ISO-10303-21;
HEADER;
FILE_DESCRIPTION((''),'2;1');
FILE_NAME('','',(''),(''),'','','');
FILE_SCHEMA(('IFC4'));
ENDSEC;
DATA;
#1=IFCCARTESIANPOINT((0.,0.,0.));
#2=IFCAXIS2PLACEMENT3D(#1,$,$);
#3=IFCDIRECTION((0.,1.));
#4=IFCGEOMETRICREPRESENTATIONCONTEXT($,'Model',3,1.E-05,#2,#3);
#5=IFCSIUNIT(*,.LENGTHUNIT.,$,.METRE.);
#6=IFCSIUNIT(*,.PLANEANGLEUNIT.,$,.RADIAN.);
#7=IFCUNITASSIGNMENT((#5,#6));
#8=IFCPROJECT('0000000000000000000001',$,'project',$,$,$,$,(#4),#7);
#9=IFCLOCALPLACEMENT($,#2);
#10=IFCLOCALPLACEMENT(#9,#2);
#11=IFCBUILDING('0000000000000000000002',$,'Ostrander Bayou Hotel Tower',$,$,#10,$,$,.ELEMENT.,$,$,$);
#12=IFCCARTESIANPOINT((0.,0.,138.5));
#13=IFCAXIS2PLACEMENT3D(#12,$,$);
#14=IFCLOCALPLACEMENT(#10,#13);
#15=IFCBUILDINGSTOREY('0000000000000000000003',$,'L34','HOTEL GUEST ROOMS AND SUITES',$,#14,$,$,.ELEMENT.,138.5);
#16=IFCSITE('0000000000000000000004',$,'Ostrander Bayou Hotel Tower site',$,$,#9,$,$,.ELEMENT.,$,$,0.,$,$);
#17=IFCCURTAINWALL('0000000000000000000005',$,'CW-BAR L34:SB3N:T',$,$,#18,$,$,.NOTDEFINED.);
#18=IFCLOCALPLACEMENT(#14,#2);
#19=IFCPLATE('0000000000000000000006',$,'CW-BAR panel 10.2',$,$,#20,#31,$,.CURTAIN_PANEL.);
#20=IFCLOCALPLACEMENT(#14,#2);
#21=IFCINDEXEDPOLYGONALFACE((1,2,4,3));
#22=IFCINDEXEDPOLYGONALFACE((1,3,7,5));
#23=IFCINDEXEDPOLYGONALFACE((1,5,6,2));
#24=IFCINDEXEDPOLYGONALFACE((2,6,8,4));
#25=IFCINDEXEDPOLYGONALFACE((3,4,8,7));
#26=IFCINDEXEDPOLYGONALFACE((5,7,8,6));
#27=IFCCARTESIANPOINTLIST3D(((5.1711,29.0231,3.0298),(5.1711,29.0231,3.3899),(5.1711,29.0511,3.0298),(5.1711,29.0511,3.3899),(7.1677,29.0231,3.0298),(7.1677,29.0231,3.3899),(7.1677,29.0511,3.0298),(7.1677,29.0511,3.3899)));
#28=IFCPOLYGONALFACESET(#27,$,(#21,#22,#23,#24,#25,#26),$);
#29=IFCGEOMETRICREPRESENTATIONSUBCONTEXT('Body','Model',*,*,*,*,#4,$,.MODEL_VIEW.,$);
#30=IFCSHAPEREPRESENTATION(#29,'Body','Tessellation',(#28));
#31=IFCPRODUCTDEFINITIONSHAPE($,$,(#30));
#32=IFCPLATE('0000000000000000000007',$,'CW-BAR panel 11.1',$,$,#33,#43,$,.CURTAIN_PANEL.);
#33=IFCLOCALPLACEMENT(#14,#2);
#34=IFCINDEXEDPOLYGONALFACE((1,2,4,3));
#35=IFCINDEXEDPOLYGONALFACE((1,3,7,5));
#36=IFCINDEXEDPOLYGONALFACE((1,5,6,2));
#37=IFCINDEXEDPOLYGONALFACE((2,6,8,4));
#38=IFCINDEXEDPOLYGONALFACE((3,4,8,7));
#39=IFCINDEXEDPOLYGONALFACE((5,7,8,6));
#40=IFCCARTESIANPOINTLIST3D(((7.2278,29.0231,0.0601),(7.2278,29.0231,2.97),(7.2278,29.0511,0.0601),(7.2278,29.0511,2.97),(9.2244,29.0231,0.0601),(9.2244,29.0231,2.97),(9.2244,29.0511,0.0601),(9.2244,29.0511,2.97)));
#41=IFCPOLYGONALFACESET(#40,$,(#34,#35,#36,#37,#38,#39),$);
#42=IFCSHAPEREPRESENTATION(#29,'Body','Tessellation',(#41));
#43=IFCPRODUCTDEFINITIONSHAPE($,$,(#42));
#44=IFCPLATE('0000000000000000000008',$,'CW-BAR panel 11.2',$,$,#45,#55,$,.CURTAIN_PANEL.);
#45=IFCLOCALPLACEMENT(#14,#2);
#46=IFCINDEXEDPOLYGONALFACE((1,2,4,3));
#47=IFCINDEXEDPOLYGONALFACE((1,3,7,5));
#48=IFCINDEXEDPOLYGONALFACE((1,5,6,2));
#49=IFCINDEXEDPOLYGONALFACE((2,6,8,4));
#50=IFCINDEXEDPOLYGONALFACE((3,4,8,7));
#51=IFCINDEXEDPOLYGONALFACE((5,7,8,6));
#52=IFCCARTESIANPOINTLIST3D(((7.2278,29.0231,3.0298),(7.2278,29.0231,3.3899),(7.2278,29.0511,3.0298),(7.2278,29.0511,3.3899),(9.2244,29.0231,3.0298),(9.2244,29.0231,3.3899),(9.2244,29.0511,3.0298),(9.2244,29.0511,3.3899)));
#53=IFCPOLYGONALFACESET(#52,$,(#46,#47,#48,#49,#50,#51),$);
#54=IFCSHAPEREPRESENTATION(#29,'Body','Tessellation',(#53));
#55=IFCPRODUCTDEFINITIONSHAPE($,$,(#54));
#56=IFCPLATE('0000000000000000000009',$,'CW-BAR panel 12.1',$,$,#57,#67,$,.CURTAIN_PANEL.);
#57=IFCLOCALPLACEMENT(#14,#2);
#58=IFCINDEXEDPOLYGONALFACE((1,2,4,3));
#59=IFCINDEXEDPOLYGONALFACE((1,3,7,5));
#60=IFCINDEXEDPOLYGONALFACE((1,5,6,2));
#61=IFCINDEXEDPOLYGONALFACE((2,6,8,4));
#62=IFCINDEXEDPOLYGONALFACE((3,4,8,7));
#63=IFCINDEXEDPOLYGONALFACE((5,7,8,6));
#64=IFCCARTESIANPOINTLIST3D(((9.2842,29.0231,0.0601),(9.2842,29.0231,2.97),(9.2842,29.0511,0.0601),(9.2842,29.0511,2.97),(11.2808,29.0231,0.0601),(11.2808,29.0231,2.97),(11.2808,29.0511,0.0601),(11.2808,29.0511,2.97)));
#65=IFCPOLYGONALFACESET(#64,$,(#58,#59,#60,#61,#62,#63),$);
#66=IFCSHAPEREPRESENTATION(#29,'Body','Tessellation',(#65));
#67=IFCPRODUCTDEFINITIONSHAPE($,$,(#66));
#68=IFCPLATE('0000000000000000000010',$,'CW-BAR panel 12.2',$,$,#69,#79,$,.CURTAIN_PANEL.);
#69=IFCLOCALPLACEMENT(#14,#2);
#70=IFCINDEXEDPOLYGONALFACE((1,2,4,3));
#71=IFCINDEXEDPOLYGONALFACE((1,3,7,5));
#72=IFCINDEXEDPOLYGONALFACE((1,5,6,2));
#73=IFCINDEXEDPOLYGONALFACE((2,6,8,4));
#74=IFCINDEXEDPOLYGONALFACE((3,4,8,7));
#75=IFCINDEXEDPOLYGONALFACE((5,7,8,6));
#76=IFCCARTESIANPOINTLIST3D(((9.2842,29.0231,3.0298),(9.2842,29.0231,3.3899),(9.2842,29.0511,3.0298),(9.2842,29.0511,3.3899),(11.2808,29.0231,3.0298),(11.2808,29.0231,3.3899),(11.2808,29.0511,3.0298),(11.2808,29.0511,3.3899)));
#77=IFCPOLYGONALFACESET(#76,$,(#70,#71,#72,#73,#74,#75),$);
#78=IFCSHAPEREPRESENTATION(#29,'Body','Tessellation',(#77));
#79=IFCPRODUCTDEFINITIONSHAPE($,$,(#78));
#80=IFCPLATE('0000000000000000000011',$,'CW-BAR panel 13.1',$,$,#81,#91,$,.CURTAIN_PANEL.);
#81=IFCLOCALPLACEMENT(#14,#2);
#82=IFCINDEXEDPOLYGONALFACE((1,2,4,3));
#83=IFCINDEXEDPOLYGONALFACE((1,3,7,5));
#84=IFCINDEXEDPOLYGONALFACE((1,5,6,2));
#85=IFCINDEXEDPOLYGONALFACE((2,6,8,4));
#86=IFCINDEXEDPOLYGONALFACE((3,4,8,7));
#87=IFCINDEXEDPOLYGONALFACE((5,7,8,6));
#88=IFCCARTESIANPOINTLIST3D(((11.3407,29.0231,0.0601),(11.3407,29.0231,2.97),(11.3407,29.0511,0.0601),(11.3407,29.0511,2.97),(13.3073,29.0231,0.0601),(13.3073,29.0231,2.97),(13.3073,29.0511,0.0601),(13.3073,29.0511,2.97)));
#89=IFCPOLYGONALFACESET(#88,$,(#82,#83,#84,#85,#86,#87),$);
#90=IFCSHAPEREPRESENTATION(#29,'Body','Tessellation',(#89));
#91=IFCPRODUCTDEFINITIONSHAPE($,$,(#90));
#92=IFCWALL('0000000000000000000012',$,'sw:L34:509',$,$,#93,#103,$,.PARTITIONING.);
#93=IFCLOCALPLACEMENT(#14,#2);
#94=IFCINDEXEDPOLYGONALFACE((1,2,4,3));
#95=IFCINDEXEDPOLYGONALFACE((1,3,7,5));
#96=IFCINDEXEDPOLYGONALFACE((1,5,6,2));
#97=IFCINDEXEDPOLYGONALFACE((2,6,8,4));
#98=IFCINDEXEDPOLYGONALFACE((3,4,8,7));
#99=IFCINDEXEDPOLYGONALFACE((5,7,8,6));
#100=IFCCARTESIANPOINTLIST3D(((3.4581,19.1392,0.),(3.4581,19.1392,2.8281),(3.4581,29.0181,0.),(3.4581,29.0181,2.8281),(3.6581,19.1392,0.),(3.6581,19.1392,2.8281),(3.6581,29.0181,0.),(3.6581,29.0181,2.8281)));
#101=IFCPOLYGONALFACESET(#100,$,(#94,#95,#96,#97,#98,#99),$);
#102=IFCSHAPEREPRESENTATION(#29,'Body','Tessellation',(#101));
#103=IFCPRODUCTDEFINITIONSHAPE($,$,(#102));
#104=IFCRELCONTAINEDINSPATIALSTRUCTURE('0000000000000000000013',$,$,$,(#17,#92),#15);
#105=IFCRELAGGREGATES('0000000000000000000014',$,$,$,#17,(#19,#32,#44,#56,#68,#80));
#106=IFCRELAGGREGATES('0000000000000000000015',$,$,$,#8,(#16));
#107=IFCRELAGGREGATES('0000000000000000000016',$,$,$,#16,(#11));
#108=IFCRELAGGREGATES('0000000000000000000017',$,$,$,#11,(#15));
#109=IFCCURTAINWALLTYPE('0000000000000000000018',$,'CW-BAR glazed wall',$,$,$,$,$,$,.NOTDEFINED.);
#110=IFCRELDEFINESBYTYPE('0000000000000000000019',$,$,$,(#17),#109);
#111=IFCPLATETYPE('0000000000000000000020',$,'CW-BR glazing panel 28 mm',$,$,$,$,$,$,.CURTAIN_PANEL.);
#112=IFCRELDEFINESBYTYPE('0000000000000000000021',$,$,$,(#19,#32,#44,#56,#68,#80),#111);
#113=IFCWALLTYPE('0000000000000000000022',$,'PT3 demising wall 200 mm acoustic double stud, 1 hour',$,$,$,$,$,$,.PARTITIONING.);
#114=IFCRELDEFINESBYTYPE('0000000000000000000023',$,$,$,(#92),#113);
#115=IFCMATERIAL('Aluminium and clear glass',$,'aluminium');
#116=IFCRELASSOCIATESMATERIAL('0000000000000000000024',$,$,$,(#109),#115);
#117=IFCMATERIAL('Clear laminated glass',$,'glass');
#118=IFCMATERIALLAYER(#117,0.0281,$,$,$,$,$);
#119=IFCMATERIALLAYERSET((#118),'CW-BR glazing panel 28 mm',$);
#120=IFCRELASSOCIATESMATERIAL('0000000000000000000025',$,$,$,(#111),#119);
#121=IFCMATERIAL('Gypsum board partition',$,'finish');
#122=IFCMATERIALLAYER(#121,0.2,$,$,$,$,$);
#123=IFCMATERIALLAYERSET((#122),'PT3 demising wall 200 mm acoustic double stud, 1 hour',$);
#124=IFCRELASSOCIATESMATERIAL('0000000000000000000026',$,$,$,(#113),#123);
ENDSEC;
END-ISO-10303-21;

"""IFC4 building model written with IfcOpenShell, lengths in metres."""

from ifc_helpers import new_model, si_unit, direction, frame, frame_2d, origin, origin_2d, place, context, subcontext, project, spatial, rectangle, extrude, material, layer, layer_set, type_object, element, aggregate, save


model = new_model("IFC4")

# Units and contexts
model_context = context("Model", 3, precision=1e-05, world=origin(), true_north=direction((0.0, 1.0)))
body_context = subcontext(model_context, "Body", "Model", "MODEL_VIEW")
ifc_project = project(units=[si_unit("LENGTHUNIT", "METRE"), si_unit("PLANEANGLEUNIT", "RADIAN")], contexts=[model_context])

# Site, building, storey
site_placement = place(None, origin())
site = spatial("IfcSite", under=ifc_project, at=site_placement, Name="Ostrander Bayou Hotel Tower site", CompositionType="ELEMENT", RefElevation=0.0)
building_placement = place(site_placement, origin())
building = spatial("IfcBuilding", under=site, at=building_placement, Name="Ostrander Bayou Hotel Tower", CompositionType="ELEMENT")
storey_placement = place(building_placement, frame((0.0, 0.0, 138.5)))
storey = spatial("IfcBuildingStorey", under=building, at=storey_placement, Name="L34", Description="HOTEL GUEST ROOMS AND SUITES", CompositionType="ELEMENT", Elevation=138.5)

# Curtain wall, plates
ifc_material_1 = material(Name="Aluminium and clear glass", Category="aluminium")
curtain_wall_type = type_object("IfcCurtainWallType", Name="CW-BAR glazed wall", PredefinedType="NOTDEFINED", material=ifc_material_1)
curtain_wall_placement = place(storey_placement, origin())
curtain_wall = element("IfcCurtainWall", 1, at=curtain_wall_placement, inside=storey, type_object=curtain_wall_type, Name="CW-BAR L34:SB3N:T", PredefinedType="NOTDEFINED")
ifc_material_2 = material(Name="Clear laminated glass", Category="glass")
ifc_layer_1 = layer(ifc_material_2, 0.0281)
ifc_layer_set_1 = layer_set([ifc_layer_1], Name="CW-BR glazing panel 28 mm")
plate_type = type_object("IfcPlateType", Name="CW-BR glazing panel 28 mm", PredefinedType="CURTAIN_PANEL", material=ifc_layer_set_1)
plate_1_placement = place(storey_placement, frame((6.1694, 29.0371, 3.0298), z_axis=(0.0, 0.0, 1.0), x_axis=(1.0, 0.0, 0.0)))
plate_1 = element("IfcPlate", 2, at=plate_1_placement, type_object=plate_type, Name="CW-BAR panel 10.2", PredefinedType="CURTAIN_PANEL", context=body_context, shape_type="SweptSolid", body=[
    extrude(rectangle(XDim=1.9966, YDim=0.0281, at=origin_2d()), origin(), (0.0, 0.0, 1.0), 0.3601),
])
plate_2_placement = place(storey_placement, frame((8.2261, 29.0371, 0.0601), z_axis=(0.0, 0.0, 1.0), x_axis=(1.0, 0.0, 0.0)))
plate_2 = element("IfcPlate", 3, at=plate_2_placement, type_object=plate_type, Name="CW-BAR panel 11.1", PredefinedType="CURTAIN_PANEL", context=body_context, shape_type="SweptSolid", body=[
    extrude(rectangle(XDim=1.9966, YDim=0.0281, at=origin_2d()), origin(), (0.0, 0.0, 1.0), 2.9099),
])
plate_3_placement = place(storey_placement, frame((8.2261, 29.0371, 3.0298), z_axis=(0.0, 0.0, 1.0), x_axis=(1.0, 0.0, 0.0)))
plate_3 = element("IfcPlate", 4, at=plate_3_placement, type_object=plate_type, Name="CW-BAR panel 11.2", PredefinedType="CURTAIN_PANEL", context=body_context, shape_type="SweptSolid", body=[
    extrude(rectangle(XDim=1.9966, YDim=0.0281, at=origin_2d()), origin(), (0.0, 0.0, 1.0), 0.3601),
])
plate_4_placement = place(storey_placement, frame((10.2825, 29.0371, 0.0601), z_axis=(0.0, 0.0, 1.0), x_axis=(1.0, 0.0, 0.0)))
plate_4 = element("IfcPlate", 5, at=plate_4_placement, type_object=plate_type, Name="CW-BAR panel 12.1", PredefinedType="CURTAIN_PANEL", context=body_context, shape_type="SweptSolid", body=[
    extrude(rectangle(XDim=1.9966, YDim=0.0281, at=origin_2d()), origin(), (0.0, 0.0, 1.0), 2.9099),
])
plate_5_placement = place(storey_placement, frame((10.2825, 29.0371, 3.0298), z_axis=(0.0, 0.0, 1.0), x_axis=(1.0, 0.0, 0.0)))
plate_5 = element("IfcPlate", 6, at=plate_5_placement, type_object=plate_type, Name="CW-BAR panel 12.2", PredefinedType="CURTAIN_PANEL", context=body_context, shape_type="SweptSolid", body=[
    extrude(rectangle(XDim=1.9966, YDim=0.0281, at=origin_2d()), origin(), (0.0, 0.0, 1.0), 0.3601),
])
plate_6_placement = place(storey_placement, frame((12.324, 29.0371, 0.0601), z_axis=(0.0, 0.0, 1.0), x_axis=(1.0, 0.0, 0.0)))
plate_6 = element("IfcPlate", 7, at=plate_6_placement, type_object=plate_type, Name="CW-BAR panel 13.1", PredefinedType="CURTAIN_PANEL", context=body_context, shape_type="SweptSolid", body=[
    extrude(rectangle(XDim=1.9666, YDim=0.0281, at=origin_2d()), origin(), (0.0, 0.0, 1.0), 2.9099),
])
aggregate(curtain_wall, [plate_1, plate_2, plate_3, plate_4, plate_5, plate_6])

# Wall
ifc_material_3 = material(Name="Gypsum board partition", Category="finish")
ifc_layer_2 = layer(ifc_material_3, 0.2)
ifc_layer_set_2 = layer_set([ifc_layer_2], Name="PT3 demising wall 200 mm acoustic double stud, 1 hour")
wall_type = type_object("IfcWallType", Name="PT3 demising wall 200 mm acoustic double stud, 1 hour", PredefinedType="PARTITIONING", material=ifc_layer_set_2)
wall_placement = place(storey_placement, frame((3.5581, 19.1392, 0.0), z_axis=(0.0, 0.0, 1.0), x_axis=(0.0, 1.0, 0.0)))
element("IfcWall", 8, at=wall_placement, inside=storey, type_object=wall_type, Name="sw:L34:509", PredefinedType="PARTITIONING", context=body_context, shape_type="SweptSolid", body=[
    extrude(rectangle(XDim=9.8789, YDim=0.2, at=frame_2d((4.9395, 0.0))), origin(), (0.0, 0.0, 1.0), 2.8281),
])

save(model, "model.ifc")
